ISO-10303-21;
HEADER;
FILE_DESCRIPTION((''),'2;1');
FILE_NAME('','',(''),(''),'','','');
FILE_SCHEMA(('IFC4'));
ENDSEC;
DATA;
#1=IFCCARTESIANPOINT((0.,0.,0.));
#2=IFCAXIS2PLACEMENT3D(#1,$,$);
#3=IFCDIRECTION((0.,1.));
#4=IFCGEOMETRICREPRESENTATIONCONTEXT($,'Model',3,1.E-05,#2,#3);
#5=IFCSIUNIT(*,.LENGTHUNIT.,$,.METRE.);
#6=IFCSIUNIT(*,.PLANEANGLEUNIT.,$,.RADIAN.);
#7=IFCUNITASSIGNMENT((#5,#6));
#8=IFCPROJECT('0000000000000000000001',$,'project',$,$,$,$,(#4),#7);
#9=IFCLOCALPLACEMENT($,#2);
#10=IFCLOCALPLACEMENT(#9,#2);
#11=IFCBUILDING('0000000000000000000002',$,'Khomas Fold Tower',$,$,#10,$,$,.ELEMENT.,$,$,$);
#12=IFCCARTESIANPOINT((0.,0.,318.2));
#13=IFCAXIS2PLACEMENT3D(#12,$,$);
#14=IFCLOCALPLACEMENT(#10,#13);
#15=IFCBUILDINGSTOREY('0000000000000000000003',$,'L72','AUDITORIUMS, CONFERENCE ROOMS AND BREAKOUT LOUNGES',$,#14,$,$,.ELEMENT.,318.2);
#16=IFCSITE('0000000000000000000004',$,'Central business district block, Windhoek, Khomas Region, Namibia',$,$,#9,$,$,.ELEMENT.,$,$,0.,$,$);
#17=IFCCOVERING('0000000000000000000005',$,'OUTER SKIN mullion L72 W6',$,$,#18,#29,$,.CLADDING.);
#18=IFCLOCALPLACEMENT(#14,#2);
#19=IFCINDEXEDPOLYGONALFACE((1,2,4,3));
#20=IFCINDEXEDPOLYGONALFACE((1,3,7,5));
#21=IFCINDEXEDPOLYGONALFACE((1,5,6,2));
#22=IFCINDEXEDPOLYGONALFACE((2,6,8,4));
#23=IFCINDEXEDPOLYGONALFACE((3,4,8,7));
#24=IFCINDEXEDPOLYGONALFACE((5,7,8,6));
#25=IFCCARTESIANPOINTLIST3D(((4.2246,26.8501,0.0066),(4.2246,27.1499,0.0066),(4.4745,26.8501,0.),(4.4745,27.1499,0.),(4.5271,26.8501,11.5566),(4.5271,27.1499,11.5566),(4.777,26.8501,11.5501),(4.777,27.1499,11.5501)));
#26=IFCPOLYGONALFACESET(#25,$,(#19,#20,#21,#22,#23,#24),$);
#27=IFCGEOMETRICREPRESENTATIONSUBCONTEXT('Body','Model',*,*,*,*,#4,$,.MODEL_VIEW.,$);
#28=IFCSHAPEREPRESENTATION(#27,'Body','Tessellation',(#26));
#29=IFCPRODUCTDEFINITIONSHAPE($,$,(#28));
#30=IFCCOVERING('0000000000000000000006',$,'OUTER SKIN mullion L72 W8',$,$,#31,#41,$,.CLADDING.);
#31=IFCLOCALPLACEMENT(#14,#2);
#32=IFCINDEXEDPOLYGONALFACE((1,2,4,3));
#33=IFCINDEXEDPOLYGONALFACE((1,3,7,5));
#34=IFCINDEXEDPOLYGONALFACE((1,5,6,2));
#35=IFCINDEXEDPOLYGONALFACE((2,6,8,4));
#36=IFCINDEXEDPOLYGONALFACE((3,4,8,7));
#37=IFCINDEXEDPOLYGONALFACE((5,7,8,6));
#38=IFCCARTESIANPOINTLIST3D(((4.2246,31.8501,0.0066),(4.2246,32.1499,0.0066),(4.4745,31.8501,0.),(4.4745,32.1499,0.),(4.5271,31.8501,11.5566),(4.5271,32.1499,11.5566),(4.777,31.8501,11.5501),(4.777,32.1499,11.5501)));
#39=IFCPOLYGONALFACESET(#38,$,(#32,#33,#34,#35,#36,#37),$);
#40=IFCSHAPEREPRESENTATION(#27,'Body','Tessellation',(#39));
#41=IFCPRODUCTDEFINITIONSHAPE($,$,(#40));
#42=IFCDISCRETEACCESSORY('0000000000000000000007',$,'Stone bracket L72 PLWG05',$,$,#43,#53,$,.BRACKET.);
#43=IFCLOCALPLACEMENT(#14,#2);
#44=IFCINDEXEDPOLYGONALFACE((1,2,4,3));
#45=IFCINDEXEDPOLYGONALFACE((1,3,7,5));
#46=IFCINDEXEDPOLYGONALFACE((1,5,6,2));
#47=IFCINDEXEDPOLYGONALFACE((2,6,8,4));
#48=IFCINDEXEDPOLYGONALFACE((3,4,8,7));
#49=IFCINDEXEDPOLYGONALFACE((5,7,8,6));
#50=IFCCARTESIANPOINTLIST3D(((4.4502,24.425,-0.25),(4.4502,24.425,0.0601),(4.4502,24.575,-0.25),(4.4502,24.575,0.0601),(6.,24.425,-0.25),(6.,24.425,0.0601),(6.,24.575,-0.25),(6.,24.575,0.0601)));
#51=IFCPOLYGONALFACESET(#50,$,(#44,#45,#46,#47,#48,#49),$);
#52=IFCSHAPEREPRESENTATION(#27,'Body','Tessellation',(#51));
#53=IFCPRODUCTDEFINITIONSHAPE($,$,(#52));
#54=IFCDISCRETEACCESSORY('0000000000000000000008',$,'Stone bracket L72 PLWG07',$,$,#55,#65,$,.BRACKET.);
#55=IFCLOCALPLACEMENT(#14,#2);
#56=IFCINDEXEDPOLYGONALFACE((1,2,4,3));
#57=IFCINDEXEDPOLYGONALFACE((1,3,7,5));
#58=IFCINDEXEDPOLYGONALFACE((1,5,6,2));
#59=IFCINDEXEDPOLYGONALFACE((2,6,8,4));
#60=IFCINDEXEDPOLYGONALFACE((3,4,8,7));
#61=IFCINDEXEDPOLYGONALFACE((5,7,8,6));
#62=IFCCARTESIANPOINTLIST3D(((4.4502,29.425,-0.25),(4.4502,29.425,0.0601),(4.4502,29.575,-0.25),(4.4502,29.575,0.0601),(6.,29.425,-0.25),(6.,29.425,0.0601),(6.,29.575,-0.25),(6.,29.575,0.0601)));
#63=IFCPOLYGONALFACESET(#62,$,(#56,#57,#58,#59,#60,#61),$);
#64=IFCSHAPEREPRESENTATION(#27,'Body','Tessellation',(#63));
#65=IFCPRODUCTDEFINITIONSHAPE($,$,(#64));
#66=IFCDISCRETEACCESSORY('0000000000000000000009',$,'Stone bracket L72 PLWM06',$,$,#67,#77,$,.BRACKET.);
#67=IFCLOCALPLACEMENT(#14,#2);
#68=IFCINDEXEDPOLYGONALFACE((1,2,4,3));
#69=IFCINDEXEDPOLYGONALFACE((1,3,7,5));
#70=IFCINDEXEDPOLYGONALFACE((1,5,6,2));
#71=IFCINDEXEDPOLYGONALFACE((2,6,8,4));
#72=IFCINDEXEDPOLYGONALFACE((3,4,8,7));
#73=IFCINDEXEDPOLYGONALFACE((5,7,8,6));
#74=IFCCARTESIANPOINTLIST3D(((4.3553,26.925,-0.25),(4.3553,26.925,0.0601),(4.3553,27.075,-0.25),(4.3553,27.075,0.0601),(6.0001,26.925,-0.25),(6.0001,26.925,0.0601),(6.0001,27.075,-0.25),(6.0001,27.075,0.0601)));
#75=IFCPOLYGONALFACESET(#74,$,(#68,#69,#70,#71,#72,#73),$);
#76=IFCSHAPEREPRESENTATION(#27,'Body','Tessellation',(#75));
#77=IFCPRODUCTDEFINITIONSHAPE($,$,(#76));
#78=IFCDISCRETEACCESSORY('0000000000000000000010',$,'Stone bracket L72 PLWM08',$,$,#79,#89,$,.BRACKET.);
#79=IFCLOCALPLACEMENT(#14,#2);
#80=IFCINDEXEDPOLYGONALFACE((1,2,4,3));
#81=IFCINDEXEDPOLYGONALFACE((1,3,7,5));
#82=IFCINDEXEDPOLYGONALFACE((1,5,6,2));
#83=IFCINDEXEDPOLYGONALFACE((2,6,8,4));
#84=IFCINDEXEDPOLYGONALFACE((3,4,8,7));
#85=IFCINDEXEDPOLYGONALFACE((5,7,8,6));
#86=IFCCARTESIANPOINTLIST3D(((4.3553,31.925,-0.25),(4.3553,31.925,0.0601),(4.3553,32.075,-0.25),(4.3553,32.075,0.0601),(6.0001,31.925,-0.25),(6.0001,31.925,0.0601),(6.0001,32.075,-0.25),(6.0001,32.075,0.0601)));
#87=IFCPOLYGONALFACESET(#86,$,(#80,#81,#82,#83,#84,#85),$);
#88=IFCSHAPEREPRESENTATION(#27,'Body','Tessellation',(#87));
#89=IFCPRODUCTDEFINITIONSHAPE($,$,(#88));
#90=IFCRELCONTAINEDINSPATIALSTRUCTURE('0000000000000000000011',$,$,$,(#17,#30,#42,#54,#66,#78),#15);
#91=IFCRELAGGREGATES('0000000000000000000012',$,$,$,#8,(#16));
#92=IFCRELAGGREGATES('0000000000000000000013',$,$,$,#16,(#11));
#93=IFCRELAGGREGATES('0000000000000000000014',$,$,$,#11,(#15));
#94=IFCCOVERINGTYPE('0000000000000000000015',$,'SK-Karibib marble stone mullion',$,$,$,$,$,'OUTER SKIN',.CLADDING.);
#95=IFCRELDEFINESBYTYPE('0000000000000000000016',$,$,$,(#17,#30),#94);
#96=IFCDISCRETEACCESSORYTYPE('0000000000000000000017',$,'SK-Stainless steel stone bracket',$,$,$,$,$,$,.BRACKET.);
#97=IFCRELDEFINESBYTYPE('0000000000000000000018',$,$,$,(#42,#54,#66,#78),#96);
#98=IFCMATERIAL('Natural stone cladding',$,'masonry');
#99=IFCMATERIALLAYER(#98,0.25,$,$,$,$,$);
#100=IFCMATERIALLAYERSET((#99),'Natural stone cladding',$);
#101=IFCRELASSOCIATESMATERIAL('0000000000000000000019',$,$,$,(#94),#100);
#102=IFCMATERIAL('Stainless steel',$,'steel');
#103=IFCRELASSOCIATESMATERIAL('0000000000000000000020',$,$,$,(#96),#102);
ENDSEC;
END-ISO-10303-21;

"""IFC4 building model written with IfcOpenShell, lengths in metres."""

from ifc_helpers import new_model, si_unit, direction, frame, origin, origin_2d, place, context, subcontext, project, spatial, polyline, rectangle, outline, extrude, source, transform, mapped, material, layer, layer_set, type_object, element, save


model = new_model("IFC4")

# Units and contexts
model_context = context("Model", 3, precision=1e-05, world=origin(), true_north=direction((0.0, 1.0)))
body_context = subcontext(model_context, "Body", "Model", "MODEL_VIEW")
ifc_project = project(units=[si_unit("LENGTHUNIT", "METRE"), si_unit("PLANEANGLEUNIT", "RADIAN")], contexts=[model_context])

# Site, building, storey
site_placement = place(None, origin())
site = spatial("IfcSite", under=ifc_project, at=site_placement, Name="Central business district block, Windhoek, Khomas Region, Namibia", CompositionType="ELEMENT", RefElevation=0.0)
building_placement = place(site_placement, origin())
building = spatial("IfcBuilding", under=site, at=building_placement, Name="Khomas Fold Tower", CompositionType="ELEMENT")
storey_placement = place(building_placement, frame((0.0, 0.0, 318.2)))
storey = spatial("IfcBuildingStorey", under=building, at=storey_placement, Name="L72", Description="AUDITORIUMS, CONFERENCE ROOMS AND BREAKOUT LOUNGES", CompositionType="ELEMENT", Elevation=318.2)

# Coverings
ifc_material_1 = material(Name="Natural stone cladding", Category="masonry")
ifc_layer_1 = layer(ifc_material_1, 0.25)
ifc_layer_set_1 = layer_set([ifc_layer_1], Name="Natural stone cladding")
covering_type = type_object("IfcCoveringType", Name="SK-Karibib marble stone mullion", ElementType="OUTER SKIN", PredefinedType="CLADDING", material=ifc_layer_set_1)
for number, where, z_axis, x_axis, name in (
    (1, (4.2246, 26.8501, 0.0066), (-0.999657, 0.0, 0.026181), (0.0, 1.0, 0.0), "OUTER SKIN mullion L72 W6"),
    (2, (4.2246, 31.8501, 0.0066), (-0.999657, 0.0, 0.026181), (0.0, 1.0, 0.0), "OUTER SKIN mullion L72 W8"),
):
    element("IfcCovering", number, at=place(storey_placement, frame(where, z_axis=z_axis, x_axis=x_axis)), inside=storey, type_object=covering_type, Name=name, PredefinedType="CLADDING", context=body_context, shape_type="SweptSolid", body=[
        extrude(outline(polyline([(0.0, 0.0), (0.2998, 0.0), (0.2998, -11.554), (0.0, -11.554), (0.0, 0.0)])), origin(), (0.0, 0.0, -1.0), 0.25),
    ])

# Discrete accessories
ifc_material_2 = material(Name="Stainless steel", Category="steel")
discrete_accessory_type = type_object("IfcDiscreteAccessoryType", Name="SK-Stainless steel stone bracket", PredefinedType="BRACKET", material=ifc_material_2)
shared_shape_1 = source(origin(), body_context, "Body", "SweptSolid", [
    extrude(rectangle(XDim=1.5498, YDim=0.1499, at=origin_2d()), origin(), (0.0, 0.0, 1.0), 0.3101),
])
for number, where, z_axis, x_axis, name in (
    (3, (5.2251, 24.5, -0.25), (0.0, 0.0, 1.0), (-1.0, 0.0, 0.0), "Stone bracket L72 PLWG05"),
    (4, (5.2251, 29.5, -0.25), (0.0, 0.0, 1.0), (-1.0, 0.0, 0.0), "Stone bracket L72 PLWG07"),
):
    element("IfcDiscreteAccessory", number, at=place(storey_placement, frame(where, z_axis=z_axis, x_axis=x_axis)), inside=storey, type_object=discrete_accessory_type, Name=name, PredefinedType="BRACKET", context=body_context, shape_type="MappedRepresentation", body=[
        mapped(shared_shape_1, transform((0.0, 0.0, 0.0))),
    ])
shared_shape_2 = source(origin(), body_context, "Body", "SweptSolid", [
    extrude(rectangle(XDim=1.6448, YDim=0.1499, at=origin_2d()), origin(), (0.0, 0.0, 1.0), 0.3101),
])
for number, where, z_axis, x_axis, name in (
    (5, (5.1777, 27.0, -0.25), (0.0, 0.0, 1.0), (-1.0, 0.0, 0.0), "Stone bracket L72 PLWM06"),
    (6, (5.1777, 32.0, -0.25), (0.0, 0.0, 1.0), (-1.0, 0.0, 0.0), "Stone bracket L72 PLWM08"),
):
    element("IfcDiscreteAccessory", number, at=place(storey_placement, frame(where, z_axis=z_axis, x_axis=x_axis)), inside=storey, type_object=discrete_accessory_type, Name=name, PredefinedType="BRACKET", context=body_context, shape_type="MappedRepresentation", body=[
        mapped(shared_shape_2, transform((0.0, 0.0, 0.0))),
    ])

save(model, "model.ifc")
